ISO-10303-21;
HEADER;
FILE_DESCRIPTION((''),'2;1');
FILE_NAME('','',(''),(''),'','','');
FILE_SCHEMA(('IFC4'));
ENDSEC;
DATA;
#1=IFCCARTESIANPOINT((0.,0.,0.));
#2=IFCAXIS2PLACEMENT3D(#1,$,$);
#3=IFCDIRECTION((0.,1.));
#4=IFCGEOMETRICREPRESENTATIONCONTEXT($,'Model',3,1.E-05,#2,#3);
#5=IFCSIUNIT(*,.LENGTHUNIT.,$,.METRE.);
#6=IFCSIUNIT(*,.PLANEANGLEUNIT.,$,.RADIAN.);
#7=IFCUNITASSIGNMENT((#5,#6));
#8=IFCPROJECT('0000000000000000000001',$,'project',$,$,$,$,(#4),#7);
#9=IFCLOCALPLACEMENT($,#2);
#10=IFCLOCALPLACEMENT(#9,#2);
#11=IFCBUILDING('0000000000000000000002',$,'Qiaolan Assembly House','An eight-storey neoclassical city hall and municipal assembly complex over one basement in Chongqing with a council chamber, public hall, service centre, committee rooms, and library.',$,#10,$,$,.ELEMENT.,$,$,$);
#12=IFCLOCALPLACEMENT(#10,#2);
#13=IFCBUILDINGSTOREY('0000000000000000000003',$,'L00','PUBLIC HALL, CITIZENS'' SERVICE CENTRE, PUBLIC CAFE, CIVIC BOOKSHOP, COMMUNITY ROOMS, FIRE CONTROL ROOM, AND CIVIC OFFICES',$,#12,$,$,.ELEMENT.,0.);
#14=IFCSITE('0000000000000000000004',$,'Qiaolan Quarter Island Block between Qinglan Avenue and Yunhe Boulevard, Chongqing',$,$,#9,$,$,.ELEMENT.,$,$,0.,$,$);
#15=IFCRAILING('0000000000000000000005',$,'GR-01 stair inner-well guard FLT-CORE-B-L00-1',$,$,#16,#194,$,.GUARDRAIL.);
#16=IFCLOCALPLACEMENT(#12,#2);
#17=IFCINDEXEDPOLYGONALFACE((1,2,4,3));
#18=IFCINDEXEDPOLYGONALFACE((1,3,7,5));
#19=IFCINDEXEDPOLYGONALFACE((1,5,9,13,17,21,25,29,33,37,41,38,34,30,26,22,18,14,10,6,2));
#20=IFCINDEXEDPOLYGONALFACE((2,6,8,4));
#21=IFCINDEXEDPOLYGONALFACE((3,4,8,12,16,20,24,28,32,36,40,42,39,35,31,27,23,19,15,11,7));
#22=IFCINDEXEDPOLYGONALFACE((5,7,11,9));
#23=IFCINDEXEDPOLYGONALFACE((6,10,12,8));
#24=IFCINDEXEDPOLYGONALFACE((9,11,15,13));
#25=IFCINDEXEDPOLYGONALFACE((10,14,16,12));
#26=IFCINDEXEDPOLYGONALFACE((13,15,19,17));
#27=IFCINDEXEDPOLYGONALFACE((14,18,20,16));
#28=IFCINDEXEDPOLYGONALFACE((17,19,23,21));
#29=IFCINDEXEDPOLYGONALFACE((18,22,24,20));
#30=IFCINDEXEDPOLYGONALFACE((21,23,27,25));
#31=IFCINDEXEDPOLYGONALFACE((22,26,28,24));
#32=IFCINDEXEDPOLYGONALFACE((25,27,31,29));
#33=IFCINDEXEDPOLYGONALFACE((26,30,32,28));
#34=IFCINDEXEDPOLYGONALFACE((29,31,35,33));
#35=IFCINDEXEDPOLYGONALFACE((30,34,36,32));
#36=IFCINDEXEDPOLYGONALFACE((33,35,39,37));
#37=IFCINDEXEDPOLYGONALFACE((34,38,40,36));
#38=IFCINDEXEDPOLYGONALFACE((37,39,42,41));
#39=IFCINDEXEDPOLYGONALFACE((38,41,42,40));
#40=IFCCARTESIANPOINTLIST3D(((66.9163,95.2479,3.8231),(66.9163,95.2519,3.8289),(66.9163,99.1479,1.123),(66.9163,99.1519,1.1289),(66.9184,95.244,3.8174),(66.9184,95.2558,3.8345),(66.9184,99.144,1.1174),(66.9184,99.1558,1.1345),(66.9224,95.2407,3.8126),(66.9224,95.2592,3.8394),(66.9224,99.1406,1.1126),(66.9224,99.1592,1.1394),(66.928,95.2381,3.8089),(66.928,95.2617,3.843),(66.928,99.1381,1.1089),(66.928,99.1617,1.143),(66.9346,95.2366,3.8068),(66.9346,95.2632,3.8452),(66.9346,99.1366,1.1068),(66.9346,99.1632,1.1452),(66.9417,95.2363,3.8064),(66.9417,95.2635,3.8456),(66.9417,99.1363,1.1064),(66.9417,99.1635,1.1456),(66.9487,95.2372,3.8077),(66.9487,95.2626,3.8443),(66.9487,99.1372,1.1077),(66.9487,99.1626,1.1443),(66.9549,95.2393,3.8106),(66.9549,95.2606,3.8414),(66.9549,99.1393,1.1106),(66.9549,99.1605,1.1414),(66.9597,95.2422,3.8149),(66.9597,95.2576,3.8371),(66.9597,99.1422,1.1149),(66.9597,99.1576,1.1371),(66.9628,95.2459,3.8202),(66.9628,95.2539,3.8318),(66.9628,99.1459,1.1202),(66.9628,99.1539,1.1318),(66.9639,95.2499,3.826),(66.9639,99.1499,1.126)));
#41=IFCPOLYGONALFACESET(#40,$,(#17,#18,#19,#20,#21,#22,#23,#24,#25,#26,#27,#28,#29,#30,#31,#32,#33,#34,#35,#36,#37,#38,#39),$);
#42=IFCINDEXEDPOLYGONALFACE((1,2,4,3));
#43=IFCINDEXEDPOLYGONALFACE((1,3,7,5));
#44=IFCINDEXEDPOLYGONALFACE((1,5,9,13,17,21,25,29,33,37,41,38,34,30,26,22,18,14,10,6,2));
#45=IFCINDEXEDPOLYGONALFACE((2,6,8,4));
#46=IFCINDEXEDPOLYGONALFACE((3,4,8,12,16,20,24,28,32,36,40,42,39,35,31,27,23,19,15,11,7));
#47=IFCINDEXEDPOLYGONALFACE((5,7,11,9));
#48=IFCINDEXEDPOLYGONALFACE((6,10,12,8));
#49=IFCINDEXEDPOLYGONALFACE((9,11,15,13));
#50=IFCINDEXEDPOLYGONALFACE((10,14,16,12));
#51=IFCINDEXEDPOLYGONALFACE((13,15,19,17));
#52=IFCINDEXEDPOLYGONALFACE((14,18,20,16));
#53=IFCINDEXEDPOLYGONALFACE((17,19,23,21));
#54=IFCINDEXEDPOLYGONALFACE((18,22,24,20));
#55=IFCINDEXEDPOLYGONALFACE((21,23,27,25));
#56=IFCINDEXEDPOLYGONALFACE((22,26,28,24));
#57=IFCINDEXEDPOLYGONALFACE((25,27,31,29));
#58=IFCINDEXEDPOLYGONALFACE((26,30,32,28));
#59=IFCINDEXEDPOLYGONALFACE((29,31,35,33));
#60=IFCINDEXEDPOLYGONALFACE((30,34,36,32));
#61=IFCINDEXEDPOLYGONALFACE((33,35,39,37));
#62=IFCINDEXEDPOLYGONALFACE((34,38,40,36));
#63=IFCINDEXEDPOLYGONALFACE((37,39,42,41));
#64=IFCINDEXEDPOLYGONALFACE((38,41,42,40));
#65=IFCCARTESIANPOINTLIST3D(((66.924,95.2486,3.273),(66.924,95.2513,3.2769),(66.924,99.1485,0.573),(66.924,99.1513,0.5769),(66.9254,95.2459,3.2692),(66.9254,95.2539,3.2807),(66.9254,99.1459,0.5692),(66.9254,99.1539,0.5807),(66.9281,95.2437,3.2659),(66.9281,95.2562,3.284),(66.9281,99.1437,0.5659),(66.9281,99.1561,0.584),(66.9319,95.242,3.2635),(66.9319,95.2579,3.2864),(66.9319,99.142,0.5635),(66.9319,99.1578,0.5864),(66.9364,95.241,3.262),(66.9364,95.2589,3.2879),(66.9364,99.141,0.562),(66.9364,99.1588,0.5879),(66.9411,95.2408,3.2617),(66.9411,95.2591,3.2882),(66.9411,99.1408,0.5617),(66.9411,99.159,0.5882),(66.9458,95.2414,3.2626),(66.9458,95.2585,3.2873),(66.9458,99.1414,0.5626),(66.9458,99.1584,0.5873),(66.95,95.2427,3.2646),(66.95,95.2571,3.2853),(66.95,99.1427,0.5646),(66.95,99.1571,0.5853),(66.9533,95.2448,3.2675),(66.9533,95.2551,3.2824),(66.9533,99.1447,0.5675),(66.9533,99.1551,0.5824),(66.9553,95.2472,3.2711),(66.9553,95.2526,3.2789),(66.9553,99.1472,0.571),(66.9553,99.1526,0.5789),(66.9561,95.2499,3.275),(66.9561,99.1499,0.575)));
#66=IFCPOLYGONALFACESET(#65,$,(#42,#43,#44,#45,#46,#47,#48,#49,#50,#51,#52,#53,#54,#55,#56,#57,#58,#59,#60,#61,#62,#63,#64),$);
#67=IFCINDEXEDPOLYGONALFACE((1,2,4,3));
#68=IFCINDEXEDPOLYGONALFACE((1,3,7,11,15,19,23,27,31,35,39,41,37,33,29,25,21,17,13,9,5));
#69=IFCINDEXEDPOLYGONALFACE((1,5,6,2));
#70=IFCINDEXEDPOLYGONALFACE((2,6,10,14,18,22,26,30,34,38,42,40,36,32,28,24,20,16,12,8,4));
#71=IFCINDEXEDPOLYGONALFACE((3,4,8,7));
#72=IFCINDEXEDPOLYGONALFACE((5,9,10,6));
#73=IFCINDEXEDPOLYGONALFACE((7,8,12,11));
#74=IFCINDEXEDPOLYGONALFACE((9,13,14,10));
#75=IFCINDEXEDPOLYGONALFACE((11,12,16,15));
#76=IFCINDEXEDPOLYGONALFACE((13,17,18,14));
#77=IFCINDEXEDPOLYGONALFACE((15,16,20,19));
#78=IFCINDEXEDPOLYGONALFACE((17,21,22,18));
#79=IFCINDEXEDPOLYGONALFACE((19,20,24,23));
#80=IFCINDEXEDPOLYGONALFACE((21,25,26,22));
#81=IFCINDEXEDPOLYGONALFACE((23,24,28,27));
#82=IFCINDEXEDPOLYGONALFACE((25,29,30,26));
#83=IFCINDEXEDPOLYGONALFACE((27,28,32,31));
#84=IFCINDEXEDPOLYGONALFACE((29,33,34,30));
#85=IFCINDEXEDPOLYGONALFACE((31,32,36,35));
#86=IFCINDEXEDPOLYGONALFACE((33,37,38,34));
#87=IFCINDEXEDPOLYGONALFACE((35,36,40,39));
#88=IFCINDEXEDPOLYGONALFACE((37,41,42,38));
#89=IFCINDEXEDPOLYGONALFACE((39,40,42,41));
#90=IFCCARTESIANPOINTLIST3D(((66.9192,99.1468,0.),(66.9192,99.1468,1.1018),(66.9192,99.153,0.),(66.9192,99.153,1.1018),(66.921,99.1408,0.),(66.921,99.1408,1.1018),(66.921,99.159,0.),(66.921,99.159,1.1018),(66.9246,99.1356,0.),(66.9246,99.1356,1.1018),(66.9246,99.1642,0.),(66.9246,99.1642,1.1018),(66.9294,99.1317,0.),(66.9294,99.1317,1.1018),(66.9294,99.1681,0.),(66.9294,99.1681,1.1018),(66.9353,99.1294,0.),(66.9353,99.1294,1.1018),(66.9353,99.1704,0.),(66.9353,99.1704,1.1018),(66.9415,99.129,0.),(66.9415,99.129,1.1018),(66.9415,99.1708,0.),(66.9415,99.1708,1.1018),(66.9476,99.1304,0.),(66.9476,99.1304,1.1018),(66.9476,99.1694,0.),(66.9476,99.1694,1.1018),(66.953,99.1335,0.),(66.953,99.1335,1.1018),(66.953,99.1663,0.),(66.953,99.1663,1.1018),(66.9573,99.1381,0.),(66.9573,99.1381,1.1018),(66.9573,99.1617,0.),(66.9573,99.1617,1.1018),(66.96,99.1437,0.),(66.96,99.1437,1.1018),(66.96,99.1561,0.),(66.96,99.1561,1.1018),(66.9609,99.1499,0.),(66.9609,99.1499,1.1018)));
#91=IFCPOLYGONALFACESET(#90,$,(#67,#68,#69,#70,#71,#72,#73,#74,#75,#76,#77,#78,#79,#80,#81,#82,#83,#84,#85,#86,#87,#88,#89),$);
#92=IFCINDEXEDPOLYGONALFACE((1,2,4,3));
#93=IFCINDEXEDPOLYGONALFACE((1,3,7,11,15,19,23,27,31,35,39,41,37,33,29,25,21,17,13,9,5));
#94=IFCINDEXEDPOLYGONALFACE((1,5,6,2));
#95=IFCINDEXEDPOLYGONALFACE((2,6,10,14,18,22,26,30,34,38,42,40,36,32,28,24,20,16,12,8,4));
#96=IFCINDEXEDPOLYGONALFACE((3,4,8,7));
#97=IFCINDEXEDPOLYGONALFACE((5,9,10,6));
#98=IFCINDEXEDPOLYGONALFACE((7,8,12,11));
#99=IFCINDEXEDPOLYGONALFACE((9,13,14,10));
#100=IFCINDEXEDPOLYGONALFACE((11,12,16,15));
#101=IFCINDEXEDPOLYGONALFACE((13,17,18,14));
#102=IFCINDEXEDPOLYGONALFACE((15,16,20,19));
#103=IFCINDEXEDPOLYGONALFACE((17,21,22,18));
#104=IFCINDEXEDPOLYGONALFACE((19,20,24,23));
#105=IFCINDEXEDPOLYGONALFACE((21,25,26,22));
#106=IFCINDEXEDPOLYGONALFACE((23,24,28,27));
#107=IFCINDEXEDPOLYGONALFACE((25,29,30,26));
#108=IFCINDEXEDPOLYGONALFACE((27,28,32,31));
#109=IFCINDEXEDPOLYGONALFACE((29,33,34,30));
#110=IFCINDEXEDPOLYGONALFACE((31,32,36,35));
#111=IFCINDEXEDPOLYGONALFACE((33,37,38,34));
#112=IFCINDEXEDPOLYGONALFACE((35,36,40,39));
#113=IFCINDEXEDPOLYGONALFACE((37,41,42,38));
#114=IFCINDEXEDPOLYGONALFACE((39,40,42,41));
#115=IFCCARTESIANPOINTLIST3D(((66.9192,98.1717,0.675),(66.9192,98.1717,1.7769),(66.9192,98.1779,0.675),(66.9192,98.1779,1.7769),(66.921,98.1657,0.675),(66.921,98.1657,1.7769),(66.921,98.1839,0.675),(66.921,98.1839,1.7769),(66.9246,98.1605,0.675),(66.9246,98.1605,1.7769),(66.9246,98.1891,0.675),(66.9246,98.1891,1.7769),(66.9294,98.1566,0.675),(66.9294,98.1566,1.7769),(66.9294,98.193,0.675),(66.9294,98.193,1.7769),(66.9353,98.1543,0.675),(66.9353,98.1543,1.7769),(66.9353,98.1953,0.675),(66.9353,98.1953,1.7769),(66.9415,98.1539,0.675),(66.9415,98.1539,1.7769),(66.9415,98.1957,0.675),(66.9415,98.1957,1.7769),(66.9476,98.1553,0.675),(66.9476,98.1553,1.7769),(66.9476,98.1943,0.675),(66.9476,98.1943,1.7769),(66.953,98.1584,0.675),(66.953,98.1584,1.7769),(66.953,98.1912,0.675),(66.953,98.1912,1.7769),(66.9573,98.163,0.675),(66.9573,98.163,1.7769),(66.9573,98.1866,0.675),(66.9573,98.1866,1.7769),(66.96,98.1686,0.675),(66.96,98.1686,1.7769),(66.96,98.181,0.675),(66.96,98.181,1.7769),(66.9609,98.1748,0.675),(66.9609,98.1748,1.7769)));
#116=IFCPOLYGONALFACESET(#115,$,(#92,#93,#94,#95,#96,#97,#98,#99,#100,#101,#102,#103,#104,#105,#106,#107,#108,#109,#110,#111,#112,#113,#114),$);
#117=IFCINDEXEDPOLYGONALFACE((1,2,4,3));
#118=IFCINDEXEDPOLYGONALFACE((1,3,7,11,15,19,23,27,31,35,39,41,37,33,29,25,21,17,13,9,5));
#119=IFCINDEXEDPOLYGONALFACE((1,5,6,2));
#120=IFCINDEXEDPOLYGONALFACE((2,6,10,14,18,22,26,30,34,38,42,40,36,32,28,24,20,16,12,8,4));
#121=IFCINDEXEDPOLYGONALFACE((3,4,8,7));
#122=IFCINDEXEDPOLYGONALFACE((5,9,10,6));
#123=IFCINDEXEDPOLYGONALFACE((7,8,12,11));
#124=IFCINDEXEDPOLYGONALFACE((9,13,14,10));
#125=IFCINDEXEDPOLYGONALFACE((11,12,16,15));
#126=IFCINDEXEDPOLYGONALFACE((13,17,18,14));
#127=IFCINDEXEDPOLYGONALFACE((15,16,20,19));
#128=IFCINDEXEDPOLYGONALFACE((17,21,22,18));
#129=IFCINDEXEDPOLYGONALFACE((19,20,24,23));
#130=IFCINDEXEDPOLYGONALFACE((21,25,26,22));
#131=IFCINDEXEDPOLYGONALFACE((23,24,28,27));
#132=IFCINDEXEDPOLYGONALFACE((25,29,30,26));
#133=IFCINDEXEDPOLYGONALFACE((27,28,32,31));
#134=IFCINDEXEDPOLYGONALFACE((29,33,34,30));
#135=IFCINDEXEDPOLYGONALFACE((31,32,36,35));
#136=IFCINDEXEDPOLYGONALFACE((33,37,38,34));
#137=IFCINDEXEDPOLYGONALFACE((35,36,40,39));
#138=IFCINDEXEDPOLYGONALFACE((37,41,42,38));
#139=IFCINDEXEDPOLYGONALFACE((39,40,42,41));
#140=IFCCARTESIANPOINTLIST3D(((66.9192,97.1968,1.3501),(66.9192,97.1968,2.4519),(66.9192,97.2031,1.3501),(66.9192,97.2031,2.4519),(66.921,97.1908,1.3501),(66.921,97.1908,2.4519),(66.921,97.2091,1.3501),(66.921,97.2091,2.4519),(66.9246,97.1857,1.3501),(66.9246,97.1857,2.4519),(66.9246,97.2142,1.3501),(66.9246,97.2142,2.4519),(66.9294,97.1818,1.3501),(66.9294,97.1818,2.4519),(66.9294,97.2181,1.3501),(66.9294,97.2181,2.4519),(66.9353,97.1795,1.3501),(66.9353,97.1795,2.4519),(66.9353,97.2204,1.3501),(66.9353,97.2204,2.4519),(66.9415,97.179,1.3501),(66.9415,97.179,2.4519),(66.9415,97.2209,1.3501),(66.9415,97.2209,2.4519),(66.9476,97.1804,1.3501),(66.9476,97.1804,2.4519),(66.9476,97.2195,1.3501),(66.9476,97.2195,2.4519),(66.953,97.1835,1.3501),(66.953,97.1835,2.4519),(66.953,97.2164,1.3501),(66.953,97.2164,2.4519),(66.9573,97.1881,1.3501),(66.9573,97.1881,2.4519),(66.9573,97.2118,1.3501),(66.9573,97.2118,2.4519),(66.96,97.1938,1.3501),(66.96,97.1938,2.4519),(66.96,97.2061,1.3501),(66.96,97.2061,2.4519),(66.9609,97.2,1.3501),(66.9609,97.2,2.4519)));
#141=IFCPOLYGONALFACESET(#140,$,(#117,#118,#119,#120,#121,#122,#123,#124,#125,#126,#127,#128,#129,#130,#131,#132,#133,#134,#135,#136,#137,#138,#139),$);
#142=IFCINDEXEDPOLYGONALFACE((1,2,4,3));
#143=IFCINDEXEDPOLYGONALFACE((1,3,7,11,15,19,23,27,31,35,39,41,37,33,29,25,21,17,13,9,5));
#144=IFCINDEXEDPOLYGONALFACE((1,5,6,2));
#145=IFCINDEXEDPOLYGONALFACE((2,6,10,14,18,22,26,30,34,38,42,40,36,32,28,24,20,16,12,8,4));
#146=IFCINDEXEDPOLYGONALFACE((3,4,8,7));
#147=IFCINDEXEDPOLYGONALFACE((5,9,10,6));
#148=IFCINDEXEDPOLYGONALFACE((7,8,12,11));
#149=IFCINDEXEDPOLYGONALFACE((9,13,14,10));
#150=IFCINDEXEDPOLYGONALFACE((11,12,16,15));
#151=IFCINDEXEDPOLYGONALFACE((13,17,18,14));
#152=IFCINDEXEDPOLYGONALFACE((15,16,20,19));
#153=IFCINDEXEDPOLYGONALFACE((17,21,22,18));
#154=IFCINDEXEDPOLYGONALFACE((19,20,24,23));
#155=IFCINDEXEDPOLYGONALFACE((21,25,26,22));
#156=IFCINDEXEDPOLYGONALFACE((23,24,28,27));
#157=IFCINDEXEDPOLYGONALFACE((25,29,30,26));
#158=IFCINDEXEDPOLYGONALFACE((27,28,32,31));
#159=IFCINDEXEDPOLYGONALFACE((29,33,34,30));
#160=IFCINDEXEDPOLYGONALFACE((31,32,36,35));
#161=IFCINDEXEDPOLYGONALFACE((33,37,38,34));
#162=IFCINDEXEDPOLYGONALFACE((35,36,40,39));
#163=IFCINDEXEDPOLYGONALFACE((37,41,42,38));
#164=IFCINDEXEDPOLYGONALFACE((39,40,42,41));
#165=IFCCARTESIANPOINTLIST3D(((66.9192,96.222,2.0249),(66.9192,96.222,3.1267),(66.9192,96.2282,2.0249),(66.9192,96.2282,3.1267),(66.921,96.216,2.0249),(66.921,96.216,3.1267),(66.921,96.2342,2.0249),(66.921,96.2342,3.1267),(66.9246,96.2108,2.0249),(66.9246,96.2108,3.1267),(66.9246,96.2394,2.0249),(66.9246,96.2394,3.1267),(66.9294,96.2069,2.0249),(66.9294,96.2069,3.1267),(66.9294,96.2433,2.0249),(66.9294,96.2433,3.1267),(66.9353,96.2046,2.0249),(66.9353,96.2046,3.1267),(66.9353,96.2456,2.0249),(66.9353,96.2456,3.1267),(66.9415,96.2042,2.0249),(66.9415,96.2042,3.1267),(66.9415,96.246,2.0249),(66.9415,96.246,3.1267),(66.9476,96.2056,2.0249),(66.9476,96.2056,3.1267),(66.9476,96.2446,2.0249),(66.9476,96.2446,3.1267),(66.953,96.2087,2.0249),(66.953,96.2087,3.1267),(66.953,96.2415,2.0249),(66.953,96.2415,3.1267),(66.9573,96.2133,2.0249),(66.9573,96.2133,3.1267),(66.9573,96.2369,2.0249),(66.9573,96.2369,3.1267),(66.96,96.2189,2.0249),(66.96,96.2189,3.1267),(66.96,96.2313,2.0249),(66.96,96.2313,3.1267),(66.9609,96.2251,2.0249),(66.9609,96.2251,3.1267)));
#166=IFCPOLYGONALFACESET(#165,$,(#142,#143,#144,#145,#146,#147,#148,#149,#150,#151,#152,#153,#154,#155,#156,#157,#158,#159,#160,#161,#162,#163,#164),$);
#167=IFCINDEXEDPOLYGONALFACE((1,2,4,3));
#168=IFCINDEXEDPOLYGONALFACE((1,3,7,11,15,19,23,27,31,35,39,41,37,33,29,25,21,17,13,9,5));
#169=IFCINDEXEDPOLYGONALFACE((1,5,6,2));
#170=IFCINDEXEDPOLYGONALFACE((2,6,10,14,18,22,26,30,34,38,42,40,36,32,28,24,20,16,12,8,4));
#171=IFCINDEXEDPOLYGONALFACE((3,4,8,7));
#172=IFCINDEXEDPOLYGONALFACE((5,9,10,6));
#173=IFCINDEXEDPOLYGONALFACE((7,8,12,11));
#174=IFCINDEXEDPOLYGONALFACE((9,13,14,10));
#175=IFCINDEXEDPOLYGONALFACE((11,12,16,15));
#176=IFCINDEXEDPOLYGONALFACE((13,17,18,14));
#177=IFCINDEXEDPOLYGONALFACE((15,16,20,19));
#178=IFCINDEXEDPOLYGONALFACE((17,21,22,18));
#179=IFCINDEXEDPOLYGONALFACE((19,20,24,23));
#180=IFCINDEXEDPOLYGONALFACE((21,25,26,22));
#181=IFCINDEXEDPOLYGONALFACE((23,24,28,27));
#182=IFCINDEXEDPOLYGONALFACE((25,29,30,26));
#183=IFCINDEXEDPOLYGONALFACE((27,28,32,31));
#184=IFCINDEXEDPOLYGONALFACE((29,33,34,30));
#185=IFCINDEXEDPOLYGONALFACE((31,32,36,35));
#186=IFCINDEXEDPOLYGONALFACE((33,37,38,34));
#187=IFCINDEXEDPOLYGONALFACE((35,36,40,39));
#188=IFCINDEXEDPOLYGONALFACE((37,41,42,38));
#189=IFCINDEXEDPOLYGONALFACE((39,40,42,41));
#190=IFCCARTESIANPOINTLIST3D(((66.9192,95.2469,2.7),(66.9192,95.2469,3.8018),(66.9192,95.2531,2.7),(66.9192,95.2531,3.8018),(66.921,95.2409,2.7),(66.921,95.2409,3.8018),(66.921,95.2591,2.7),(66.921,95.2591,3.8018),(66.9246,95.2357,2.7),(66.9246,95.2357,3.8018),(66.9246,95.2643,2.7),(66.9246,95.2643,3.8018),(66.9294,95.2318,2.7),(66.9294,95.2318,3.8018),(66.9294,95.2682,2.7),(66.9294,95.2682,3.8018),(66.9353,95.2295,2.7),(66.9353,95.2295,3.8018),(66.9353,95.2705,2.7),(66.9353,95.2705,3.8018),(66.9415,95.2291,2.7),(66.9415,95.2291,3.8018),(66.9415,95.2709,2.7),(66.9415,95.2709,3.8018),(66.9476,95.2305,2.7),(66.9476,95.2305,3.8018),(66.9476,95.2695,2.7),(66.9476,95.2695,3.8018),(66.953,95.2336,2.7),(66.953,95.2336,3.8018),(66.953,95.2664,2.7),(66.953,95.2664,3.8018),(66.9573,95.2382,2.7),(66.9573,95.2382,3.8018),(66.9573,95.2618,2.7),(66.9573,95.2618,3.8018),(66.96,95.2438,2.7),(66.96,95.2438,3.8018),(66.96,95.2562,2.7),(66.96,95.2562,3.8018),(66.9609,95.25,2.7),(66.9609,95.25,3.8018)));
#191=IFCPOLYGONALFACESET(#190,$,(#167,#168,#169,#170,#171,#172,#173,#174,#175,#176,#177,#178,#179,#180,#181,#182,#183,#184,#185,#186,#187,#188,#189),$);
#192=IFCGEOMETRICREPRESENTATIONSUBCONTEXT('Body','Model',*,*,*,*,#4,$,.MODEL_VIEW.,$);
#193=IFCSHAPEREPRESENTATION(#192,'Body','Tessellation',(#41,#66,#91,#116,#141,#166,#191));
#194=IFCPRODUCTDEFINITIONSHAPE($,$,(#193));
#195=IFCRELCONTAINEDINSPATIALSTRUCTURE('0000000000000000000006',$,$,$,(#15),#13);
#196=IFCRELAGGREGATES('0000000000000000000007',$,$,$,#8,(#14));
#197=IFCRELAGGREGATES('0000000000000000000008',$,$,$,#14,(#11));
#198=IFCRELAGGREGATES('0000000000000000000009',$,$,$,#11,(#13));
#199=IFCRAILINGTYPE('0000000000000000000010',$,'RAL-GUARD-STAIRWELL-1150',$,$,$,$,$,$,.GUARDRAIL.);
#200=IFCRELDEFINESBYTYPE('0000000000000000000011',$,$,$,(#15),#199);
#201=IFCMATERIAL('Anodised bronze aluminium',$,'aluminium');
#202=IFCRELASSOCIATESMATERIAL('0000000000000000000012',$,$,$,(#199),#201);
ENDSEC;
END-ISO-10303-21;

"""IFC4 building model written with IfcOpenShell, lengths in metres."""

from ifc_helpers import new_model, si_unit, direction, frame, origin, origin_2d, place, context, subcontext, project, spatial, circle, extrude, material, type_object, element, save


model = new_model("IFC4")

# Units and contexts
model_context = context("Model", 3, precision=1e-05, world=origin(), true_north=direction((0.0, 1.0)))
body_context = subcontext(model_context, "Body", "Model", "MODEL_VIEW")
ifc_project = project(units=[si_unit("LENGTHUNIT", "METRE"), si_unit("PLANEANGLEUNIT", "RADIAN")], contexts=[model_context])

# Site, building, storey
site_placement = place(None, origin())
site = spatial("IfcSite", under=ifc_project, at=site_placement, Name="Qiaolan Quarter Island Block between Qinglan Avenue and Yunhe Boulevard, Chongqing", CompositionType="ELEMENT", RefElevation=0.0)
building_placement = place(site_placement, origin())
building = spatial("IfcBuilding", under=site, at=building_placement, Name="Qiaolan Assembly House", Description="An eight-storey neoclassical city hall and municipal assembly complex over one basement in Chongqing with a council chamber, public hall, service centre, committee rooms, and library.", CompositionType="ELEMENT")
storey_placement = place(building_placement, origin())
storey = spatial("IfcBuildingStorey", under=building, at=storey_placement, Name="L00", Description="PUBLIC HALL, CITIZENS' SERVICE CENTRE, PUBLIC CAFE, CIVIC BOOKSHOP, COMMUNITY ROOMS, FIRE CONTROL ROOM, AND CIVIC OFFICES", CompositionType="ELEMENT", Elevation=0.0)

# Shared definitions
ifc_material_1 = material(Name="Anodised bronze aluminium", Category="aluminium")

# Railing
railing_type_1 = type_object("IfcRailingType", Name="RAL-GUARD-STAIRWELL-1150", PredefinedType="GUARDRAIL", material=ifc_material_1)
railing_1_placement = place(storey_placement, frame((66.9399, 99.1499, 0.0)))
element("IfcRailing", 1, at=railing_1_placement, inside=storey, type_object=railing_type_1, Name="GR-01 stair inner-well guard FLT-CORE-B-L00-1", PredefinedType="GUARDRAIL", context=body_context, shape_type="SweptSolid", body=[
    extrude(circle(Radius=0.0239, at=origin_2d()), frame((0.0, 0.0, 1.126), z_axis=(0.0, -0.82219, 0.569213), x_axis=(1.0, 0.0, 0.0)), (0.0, 0.0, 1.0), 4.7434),
    extrude(circle(Radius=0.0161, at=origin_2d()), frame((0.0, 0.0, 0.575), z_axis=(0.0, -0.82219, 0.569213), x_axis=(1.0, 0.0, 0.0)), (0.0, 0.0, 1.0), 4.7434),
    extrude(circle(Radius=0.021, at=origin_2d()), origin(), (0.0, 0.0, 1.0), 1.1018),
    extrude(circle(Radius=0.021, at=origin_2d()), frame((0.0, -0.9751, 0.675)), (0.0, 0.0, 1.0), 1.1018),
    extrude(circle(Radius=0.021, at=origin_2d()), frame((0.0, -1.95, 1.3501)), (0.0, 0.0, 1.0), 1.1018),
    extrude(circle(Radius=0.021, at=origin_2d()), frame((0.0, -2.9248, 2.0249)), (0.0, 0.0, 1.0), 1.1018),
    extrude(circle(Radius=0.021, at=origin_2d()), frame((0.0, -3.8999, 2.7)), (0.0, 0.0, 1.0), 1.1018),
])

save(model, "model.ifc")
